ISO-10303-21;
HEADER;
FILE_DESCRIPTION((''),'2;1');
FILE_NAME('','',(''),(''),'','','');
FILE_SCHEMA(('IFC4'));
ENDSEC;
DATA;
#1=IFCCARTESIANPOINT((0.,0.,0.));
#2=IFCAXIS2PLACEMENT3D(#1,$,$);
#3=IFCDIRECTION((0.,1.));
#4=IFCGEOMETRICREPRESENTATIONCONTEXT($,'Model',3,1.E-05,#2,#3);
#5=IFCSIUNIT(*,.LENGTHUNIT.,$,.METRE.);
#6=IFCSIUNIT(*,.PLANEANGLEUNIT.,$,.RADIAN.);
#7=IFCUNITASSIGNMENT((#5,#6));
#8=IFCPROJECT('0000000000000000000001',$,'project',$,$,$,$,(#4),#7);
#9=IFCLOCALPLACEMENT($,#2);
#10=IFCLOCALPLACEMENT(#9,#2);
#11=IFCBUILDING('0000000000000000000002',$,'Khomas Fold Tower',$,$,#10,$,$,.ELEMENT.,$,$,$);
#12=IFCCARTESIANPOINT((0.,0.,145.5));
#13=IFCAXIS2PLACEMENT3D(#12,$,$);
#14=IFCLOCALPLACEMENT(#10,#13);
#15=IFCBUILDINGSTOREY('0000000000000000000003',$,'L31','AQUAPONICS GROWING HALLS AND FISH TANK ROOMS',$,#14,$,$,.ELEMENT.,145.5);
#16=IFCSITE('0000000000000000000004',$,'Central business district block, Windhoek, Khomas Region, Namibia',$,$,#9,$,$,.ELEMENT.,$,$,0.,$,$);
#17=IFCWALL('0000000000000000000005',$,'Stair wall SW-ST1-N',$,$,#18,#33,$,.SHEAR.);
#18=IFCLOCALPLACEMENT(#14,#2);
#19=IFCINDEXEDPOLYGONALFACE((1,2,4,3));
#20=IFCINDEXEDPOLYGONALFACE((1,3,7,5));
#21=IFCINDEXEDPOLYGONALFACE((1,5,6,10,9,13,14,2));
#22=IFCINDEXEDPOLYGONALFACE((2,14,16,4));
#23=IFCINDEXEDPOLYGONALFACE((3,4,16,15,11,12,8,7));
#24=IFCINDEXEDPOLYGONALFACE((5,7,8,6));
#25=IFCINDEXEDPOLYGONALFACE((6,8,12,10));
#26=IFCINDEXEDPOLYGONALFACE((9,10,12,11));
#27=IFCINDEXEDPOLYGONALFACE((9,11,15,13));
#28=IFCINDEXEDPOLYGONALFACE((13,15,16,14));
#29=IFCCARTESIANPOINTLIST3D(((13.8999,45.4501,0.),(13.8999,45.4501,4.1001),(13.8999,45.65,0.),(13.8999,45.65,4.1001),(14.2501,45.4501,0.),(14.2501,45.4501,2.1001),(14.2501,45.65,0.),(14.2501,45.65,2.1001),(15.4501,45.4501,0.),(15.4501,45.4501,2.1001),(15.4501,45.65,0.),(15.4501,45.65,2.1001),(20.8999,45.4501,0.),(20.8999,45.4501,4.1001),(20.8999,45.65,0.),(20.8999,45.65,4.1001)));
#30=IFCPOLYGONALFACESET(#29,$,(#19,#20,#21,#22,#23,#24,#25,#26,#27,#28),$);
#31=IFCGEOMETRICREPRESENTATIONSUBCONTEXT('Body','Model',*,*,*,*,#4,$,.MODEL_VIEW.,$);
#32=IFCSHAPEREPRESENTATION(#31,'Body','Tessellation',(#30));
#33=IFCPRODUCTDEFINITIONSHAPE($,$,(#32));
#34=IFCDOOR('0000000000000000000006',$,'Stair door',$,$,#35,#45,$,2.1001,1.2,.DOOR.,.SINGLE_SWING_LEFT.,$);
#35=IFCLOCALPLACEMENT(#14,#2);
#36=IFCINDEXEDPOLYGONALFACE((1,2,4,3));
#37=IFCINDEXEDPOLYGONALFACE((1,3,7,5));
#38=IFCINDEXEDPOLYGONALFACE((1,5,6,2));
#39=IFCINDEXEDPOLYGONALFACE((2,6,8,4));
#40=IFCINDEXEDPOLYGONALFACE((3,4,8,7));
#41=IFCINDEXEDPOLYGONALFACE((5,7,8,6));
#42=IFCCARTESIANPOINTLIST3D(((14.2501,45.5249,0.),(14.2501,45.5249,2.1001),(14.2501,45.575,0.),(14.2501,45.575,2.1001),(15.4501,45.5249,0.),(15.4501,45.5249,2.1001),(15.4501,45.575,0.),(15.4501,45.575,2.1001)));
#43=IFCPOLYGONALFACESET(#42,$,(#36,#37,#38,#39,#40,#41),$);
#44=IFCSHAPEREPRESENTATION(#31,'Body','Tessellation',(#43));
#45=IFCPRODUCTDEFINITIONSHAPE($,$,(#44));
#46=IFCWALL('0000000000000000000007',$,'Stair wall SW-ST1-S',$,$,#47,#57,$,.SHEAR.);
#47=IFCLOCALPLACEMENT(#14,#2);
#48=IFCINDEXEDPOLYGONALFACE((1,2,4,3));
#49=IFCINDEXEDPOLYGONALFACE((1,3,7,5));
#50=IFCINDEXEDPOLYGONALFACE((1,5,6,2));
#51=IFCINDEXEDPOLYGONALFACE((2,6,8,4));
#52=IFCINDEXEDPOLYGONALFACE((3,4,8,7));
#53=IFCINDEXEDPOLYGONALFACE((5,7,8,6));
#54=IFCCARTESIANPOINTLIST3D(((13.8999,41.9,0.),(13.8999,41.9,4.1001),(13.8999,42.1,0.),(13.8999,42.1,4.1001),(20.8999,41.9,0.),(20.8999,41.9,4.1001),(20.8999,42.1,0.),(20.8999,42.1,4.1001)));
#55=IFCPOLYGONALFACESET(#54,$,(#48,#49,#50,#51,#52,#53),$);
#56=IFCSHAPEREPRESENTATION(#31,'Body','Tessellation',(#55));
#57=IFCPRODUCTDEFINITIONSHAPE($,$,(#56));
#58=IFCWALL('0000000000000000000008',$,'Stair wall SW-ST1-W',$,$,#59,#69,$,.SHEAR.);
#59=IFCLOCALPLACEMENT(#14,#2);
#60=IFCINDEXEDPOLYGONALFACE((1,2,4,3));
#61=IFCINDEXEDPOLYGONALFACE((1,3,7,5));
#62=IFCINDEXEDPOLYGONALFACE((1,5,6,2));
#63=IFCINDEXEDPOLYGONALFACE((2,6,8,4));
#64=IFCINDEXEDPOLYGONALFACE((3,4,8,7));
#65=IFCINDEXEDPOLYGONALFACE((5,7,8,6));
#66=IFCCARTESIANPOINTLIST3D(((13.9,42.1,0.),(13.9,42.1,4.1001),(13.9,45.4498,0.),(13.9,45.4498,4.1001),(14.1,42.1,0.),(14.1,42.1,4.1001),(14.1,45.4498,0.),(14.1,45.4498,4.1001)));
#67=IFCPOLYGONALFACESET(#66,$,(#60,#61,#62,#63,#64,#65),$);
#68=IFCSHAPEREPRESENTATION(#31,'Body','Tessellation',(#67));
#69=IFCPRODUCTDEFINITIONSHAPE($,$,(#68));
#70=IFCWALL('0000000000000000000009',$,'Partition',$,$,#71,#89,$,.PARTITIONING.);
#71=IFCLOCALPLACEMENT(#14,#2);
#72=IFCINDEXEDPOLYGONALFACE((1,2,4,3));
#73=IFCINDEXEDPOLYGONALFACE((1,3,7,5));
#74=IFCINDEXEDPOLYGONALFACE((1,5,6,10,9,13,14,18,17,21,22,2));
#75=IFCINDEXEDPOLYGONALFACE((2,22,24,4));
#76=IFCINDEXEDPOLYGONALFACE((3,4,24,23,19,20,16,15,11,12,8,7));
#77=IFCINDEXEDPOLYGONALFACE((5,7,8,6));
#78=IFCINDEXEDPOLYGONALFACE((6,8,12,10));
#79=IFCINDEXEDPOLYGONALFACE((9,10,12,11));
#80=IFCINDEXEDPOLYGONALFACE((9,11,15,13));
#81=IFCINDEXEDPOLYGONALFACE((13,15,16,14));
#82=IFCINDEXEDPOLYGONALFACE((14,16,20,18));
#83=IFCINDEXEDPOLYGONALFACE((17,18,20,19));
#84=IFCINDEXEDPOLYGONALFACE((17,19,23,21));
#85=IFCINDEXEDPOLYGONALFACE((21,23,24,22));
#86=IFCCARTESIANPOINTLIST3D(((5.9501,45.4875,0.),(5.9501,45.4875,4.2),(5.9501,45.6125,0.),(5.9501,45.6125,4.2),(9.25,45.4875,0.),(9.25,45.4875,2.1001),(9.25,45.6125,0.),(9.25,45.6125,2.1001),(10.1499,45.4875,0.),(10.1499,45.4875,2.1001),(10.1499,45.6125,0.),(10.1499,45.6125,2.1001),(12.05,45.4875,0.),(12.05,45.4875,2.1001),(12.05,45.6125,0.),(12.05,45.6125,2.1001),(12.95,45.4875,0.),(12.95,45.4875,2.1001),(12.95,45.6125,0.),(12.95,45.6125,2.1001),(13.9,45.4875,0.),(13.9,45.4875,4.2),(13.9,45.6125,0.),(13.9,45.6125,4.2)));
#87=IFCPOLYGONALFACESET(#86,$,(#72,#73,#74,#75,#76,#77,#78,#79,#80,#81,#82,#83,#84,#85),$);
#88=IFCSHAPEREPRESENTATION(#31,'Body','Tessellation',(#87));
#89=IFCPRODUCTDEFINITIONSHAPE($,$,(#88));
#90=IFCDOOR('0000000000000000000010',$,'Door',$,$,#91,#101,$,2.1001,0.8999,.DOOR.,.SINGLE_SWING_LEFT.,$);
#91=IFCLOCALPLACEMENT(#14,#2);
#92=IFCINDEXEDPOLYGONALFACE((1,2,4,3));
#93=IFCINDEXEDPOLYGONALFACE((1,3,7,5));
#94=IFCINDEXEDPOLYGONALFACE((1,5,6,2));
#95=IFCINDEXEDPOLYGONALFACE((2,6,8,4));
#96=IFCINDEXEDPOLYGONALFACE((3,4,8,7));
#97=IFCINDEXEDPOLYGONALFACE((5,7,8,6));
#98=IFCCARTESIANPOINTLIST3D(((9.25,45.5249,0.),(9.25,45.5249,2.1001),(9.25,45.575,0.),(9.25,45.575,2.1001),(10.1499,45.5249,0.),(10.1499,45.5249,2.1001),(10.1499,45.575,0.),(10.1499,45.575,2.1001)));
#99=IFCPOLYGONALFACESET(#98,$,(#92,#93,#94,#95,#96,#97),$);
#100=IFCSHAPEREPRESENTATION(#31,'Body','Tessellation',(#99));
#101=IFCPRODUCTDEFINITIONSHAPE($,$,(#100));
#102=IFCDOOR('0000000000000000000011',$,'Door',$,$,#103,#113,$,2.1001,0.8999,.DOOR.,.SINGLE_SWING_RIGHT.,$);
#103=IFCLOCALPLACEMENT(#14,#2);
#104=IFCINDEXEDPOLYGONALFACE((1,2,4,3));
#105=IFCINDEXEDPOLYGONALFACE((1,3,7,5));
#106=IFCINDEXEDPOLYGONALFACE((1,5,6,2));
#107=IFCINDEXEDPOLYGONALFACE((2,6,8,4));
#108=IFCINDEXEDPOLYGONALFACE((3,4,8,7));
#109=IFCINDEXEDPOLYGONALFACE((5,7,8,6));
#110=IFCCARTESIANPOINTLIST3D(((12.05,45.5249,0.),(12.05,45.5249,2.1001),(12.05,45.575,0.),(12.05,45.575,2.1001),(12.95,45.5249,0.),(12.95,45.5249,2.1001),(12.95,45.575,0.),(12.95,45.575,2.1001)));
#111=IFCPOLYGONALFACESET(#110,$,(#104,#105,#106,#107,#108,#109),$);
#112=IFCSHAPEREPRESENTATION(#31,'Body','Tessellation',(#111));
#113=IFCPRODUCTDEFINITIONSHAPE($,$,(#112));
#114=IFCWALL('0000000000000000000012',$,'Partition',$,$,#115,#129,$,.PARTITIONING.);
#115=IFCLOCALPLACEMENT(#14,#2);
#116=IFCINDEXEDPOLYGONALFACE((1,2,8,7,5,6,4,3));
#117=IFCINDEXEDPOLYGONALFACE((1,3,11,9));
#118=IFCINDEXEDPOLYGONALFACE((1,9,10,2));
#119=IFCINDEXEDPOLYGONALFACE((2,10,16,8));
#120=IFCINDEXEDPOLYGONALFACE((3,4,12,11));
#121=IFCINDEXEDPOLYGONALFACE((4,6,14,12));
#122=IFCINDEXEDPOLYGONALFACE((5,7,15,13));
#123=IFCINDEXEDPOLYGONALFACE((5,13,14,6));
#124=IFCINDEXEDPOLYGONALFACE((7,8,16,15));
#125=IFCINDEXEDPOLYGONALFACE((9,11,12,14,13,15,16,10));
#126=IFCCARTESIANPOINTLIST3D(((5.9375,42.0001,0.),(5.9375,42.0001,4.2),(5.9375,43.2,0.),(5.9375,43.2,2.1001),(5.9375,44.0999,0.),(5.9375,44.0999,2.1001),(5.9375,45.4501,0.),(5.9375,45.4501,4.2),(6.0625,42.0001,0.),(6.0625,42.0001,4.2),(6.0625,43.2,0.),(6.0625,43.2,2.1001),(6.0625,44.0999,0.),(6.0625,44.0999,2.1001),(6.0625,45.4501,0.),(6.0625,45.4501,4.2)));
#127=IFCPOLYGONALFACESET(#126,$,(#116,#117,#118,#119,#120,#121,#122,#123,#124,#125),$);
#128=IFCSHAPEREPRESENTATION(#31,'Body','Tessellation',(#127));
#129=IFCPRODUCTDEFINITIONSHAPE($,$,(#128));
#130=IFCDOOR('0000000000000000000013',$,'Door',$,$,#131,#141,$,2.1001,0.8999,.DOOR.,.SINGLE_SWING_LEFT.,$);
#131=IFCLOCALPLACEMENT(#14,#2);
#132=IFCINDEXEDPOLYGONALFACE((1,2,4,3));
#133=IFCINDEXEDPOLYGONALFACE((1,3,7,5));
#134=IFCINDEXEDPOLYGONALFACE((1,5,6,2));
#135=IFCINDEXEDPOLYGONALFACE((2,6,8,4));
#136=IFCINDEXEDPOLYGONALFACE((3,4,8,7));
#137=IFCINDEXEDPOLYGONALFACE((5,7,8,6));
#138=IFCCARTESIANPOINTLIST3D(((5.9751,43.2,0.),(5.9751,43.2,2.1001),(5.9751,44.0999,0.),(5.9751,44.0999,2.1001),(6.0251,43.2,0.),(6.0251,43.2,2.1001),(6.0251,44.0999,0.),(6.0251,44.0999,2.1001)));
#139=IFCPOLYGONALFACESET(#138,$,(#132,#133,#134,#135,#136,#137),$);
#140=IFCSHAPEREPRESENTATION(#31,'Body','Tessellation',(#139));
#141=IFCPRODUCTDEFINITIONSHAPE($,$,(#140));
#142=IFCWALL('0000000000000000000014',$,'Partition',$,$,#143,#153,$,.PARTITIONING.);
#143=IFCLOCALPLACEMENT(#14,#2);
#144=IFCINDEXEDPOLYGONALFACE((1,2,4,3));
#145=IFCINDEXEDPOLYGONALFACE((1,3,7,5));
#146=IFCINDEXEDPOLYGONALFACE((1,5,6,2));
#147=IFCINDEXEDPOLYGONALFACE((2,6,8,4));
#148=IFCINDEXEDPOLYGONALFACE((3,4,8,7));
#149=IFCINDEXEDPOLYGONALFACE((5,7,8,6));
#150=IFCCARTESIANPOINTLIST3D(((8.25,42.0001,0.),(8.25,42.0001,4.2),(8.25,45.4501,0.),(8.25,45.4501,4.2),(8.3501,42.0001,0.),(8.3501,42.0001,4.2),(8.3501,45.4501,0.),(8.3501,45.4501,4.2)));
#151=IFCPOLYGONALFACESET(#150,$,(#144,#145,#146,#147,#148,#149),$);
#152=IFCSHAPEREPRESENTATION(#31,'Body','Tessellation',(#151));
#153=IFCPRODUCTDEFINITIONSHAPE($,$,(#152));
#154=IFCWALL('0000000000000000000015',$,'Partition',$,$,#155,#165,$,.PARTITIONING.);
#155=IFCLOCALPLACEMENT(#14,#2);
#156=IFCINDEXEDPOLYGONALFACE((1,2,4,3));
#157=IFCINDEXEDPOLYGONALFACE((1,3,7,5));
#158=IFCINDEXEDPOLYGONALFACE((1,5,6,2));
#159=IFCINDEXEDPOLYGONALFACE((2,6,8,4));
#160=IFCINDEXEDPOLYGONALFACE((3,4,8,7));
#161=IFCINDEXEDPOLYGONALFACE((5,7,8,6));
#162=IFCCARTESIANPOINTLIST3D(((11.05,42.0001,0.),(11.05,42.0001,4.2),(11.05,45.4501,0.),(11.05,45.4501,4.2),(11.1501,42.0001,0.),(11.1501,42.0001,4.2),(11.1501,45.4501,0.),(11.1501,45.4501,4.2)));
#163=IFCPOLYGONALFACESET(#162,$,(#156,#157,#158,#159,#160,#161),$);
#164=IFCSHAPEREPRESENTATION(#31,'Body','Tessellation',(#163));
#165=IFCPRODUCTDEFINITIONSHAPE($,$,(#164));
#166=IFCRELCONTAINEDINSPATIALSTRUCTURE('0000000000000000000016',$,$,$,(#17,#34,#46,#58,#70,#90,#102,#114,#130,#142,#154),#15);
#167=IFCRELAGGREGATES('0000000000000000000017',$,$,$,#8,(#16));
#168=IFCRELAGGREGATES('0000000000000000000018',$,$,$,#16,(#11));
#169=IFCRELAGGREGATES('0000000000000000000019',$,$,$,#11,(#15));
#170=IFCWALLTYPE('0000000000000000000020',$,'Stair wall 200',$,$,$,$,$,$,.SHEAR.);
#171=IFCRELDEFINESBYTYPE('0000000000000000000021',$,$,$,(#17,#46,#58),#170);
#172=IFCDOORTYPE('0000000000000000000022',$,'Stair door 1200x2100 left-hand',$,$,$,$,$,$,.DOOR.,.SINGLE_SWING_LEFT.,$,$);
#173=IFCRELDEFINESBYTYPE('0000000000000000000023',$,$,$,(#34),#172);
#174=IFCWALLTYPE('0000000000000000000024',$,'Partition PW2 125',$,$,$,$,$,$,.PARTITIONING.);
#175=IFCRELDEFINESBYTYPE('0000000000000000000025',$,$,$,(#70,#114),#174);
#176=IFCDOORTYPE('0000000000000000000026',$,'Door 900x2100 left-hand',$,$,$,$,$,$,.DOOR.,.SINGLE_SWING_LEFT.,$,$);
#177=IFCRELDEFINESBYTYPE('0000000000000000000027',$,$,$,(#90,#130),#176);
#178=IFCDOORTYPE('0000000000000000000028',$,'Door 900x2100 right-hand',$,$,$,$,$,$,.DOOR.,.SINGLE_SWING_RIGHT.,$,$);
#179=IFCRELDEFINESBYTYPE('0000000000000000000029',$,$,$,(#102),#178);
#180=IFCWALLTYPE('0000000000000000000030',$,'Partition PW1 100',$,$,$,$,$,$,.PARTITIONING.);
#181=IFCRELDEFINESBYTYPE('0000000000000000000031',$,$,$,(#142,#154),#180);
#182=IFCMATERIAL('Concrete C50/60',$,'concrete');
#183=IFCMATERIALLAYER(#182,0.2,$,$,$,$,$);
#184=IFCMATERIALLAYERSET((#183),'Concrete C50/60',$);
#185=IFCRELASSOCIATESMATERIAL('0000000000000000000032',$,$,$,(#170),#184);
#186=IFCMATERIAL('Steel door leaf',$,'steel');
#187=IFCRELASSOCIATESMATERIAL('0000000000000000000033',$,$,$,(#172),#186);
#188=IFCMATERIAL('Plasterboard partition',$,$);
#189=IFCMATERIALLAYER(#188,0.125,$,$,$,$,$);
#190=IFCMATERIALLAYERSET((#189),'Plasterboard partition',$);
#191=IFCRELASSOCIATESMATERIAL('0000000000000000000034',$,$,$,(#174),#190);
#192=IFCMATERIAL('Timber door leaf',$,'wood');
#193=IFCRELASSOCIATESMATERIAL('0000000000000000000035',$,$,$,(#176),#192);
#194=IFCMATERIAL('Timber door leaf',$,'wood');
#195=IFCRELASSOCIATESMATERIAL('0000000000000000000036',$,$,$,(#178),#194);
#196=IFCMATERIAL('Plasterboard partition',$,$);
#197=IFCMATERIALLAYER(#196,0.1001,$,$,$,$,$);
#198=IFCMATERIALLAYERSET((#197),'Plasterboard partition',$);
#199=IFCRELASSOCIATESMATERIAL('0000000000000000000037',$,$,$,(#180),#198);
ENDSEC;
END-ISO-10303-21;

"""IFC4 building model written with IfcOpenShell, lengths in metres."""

from ifc_helpers import new_model, si_unit, direction, frame, frame_2d, origin, place, context, subcontext, project, spatial, rectangle, extrude, source, transform, mapped, material, layer, layer_set, type_object, element, fill, save


model = new_model("IFC4")

# Units and contexts
model_context = context("Model", 3, precision=1e-05, world=origin(), true_north=direction((0.0, 1.0)))
body_context = subcontext(model_context, "Body", "Model", "MODEL_VIEW")
ifc_project = project(units=[si_unit("LENGTHUNIT", "METRE"), si_unit("PLANEANGLEUNIT", "RADIAN")], contexts=[model_context])

# Site, building, storey
site_placement = place(None, origin())
site = spatial("IfcSite", under=ifc_project, at=site_placement, Name="Central business district block, Windhoek, Khomas Region, Namibia", CompositionType="ELEMENT", RefElevation=0.0)
building_placement = place(site_placement, origin())
building = spatial("IfcBuilding", under=site, at=building_placement, Name="Khomas Fold Tower", CompositionType="ELEMENT")
storey_placement = place(building_placement, frame((0.0, 0.0, 145.5)))
storey = spatial("IfcBuildingStorey", under=building, at=storey_placement, Name="L31", Description="AQUAPONICS GROWING HALLS AND FISH TANK ROOMS", CompositionType="ELEMENT", Elevation=145.5)

# Wall, opening, door
ifc_material_1 = material(Name="Concrete C50/60", Category="concrete")
ifc_layer_1 = layer(ifc_material_1, 0.2)
ifc_layer_set_1 = layer_set([ifc_layer_1], Name="Concrete C50/60")
wall_type_1 = type_object("IfcWallType", Name="Stair wall 200", PredefinedType="SHEAR", material=ifc_layer_set_1)
shared_shape_1 = source(origin(), body_context, "Body", "SweptSolid", [
    extrude(rectangle(XDim=7.0, YDim=0.2, at=frame_2d((3.5, 0.0))), origin(), (0.0, 0.0, 1.0), 4.1001),
])
wall_1_placement = place(storey_placement, frame((13.8999, 45.55, 0.0), z_axis=(0.0, 0.0, 1.0), x_axis=(1.0, 0.0, 0.0)))
wall_1 = element("IfcWall", 1, at=wall_1_placement, inside=storey, type_object=wall_type_1, Name="Stair wall SW-ST1-N", PredefinedType="SHEAR", context=body_context, shape_type="MappedRepresentation", body=[
    mapped(shared_shape_1, transform((0.0, 0.0, 0.0))),
])
shared_shape_2 = source(origin(), body_context, "Body", "SweptSolid", [
    extrude(rectangle(XDim=1.2, YDim=2.1001, at=frame_2d((0.6001, 1.05))), frame((0.0, 0.1099, 0.0), z_axis=(0.0, -1.0, 0.0), x_axis=(1.0, 0.0, 0.0)), (0.0, 0.0, 1.0), 0.22),
])
opening_1_placement = place(wall_1_placement, frame((0.3501, 0.0, 0.0)))
opening_1 = element("IfcOpeningElement", 2, at=opening_1_placement, cuts=wall_1, PredefinedType="OPENING", context=body_context, shape_type="MappedRepresentation", body=[
    mapped(shared_shape_2, transform((0.0, 0.0, 0.0))),
])
ifc_material_2 = material(Name="Steel door leaf", Category="steel")
door_type_1 = type_object("IfcDoorType", Name="Stair door 1200x2100 left-hand", OperationType="SINGLE_SWING_LEFT", PredefinedType="DOOR", material=ifc_material_2)
shared_shape_3 = source(origin(), body_context, "Body", "SweptSolid", [
    extrude(rectangle(XDim=1.2, YDim=2.1001, at=frame_2d((0.6001, 1.05))), frame((0.0, 0.0249, 0.0), z_axis=(0.0, -1.0, 0.0), x_axis=(1.0, 0.0, 0.0)), (0.0, 0.0, 1.0), 0.05),
])
door_1_placement = place(opening_1_placement, origin())
door_1 = element("IfcDoor", 3, at=door_1_placement, inside=storey, type_object=door_type_1, Name="Stair door", OperationType="SINGLE_SWING_LEFT", OverallHeight=2.1001, OverallWidth=1.2, PredefinedType="DOOR", context=body_context, shape_type="MappedRepresentation", body=[
    mapped(shared_shape_3, transform((0.0, 0.0, 0.0))),
])
fill(opening_1, door_1)

# Walls
wall_2_placement = place(storey_placement, frame((13.8999, 42.0, 0.0), z_axis=(0.0, 0.0, 1.0), x_axis=(1.0, 0.0, 0.0)))
element("IfcWall", 4, at=wall_2_placement, inside=storey, type_object=wall_type_1, Name="Stair wall SW-ST1-S", PredefinedType="SHEAR", context=body_context, shape_type="MappedRepresentation", body=[
    mapped(shared_shape_1, transform((0.0, 0.0, 0.0))),
])
shared_shape_4 = source(origin(), body_context, "Body", "SweptSolid", [
    extrude(rectangle(XDim=3.3499, YDim=0.2, at=frame_2d((1.6748, 0.0))), origin(), (0.0, 0.0, 1.0), 4.1001),
])
wall_3_placement = place(storey_placement, frame((14.0, 42.1001, 0.0), z_axis=(0.0, 0.0, 1.0), x_axis=(0.0, 1.0, 0.0)))
element("IfcWall", 5, at=wall_3_placement, inside=storey, type_object=wall_type_1, Name="Stair wall SW-ST1-W", PredefinedType="SHEAR", context=body_context, shape_type="MappedRepresentation", body=[
    mapped(shared_shape_4, transform((0.0, 0.0, 0.0))),
])

# Wall, openings, doors
ifc_material_3 = material(Name="Plasterboard partition")
ifc_layer_2 = layer(ifc_material_3, 0.125)
ifc_layer_set_2 = layer_set([ifc_layer_2], Name="Plasterboard partition")
wall_type_2 = type_object("IfcWallType", Name="Partition PW2 125", PredefinedType="PARTITIONING", material=ifc_layer_set_2)
shared_shape_5 = source(origin(), body_context, "Body", "SweptSolid", [
    extrude(rectangle(XDim=7.95, YDim=0.125, at=frame_2d((3.9751, 0.0))), origin(), (0.0, 0.0, 1.0), 4.2),
])
wall_4_placement = place(storey_placement, frame((5.95, 45.55, 0.0), z_axis=(0.0, 0.0, 1.0), x_axis=(1.0, 0.0, 0.0)))
wall_4 = element("IfcWall", 6, at=wall_4_placement, inside=storey, type_object=wall_type_2, Name="Partition", PredefinedType="PARTITIONING", context=body_context, shape_type="MappedRepresentation", body=[
    mapped(shared_shape_5, transform((0.0, 0.0, 0.0))),
])
shared_shape_6 = source(origin(), body_context, "Body", "SweptSolid", [
    extrude(rectangle(XDim=0.8999, YDim=2.1001, at=frame_2d((0.45, 1.05))), frame((0.0, 0.0725, 0.0), z_axis=(0.0, -1.0, 0.0), x_axis=(1.0, 0.0, 0.0)), (0.0, 0.0, 1.0), 0.145),
])
opening_2_placement = place(wall_4_placement, frame((3.3, 0.0, 0.0)))
opening_2 = element("IfcOpeningElement", 7, at=opening_2_placement, cuts=wall_4, PredefinedType="OPENING", context=body_context, shape_type="MappedRepresentation", body=[
    mapped(shared_shape_6, transform((0.0, 0.0, 0.0))),
])
opening_3_placement = place(wall_4_placement, frame((6.1001, 0.0, 0.0)))
opening_3 = element("IfcOpeningElement", 8, at=opening_3_placement, cuts=wall_4, PredefinedType="OPENING", context=body_context, shape_type="MappedRepresentation", body=[
    mapped(shared_shape_6, transform((0.0, 0.0, 0.0))),
])
ifc_material_4 = material(Name="Timber door leaf", Category="wood")
door_type_2 = type_object("IfcDoorType", Name="Door 900x2100 left-hand", OperationType="SINGLE_SWING_LEFT", PredefinedType="DOOR", material=ifc_material_4)
shared_shape_7 = source(origin(), body_context, "Body", "SweptSolid", [
    extrude(rectangle(XDim=0.8999, YDim=2.1001, at=frame_2d((0.45, 1.05))), frame((0.0, 0.0249, 0.0), z_axis=(0.0, -1.0, 0.0), x_axis=(1.0, 0.0, 0.0)), (0.0, 0.0, 1.0), 0.05),
])
door_2_placement = place(opening_2_placement, origin())
door_2 = element("IfcDoor", 9, at=door_2_placement, inside=storey, type_object=door_type_2, Name="Door", OperationType="SINGLE_SWING_LEFT", OverallHeight=2.1001, OverallWidth=0.8999, PredefinedType="DOOR", context=body_context, shape_type="MappedRepresentation", body=[
    mapped(shared_shape_7, transform((0.0, 0.0, 0.0))),
])
fill(opening_2, door_2)
ifc_material_5 = material(Name="Timber door leaf", Category="wood")
door_type_3 = type_object("IfcDoorType", Name="Door 900x2100 right-hand", OperationType="SINGLE_SWING_RIGHT", PredefinedType="DOOR", material=ifc_material_5)
door_3_placement = place(opening_3_placement, origin())
door_3 = element("IfcDoor", 10, at=door_3_placement, inside=storey, type_object=door_type_3, Name="Door", OperationType="SINGLE_SWING_RIGHT", OverallHeight=2.1001, OverallWidth=0.8999, PredefinedType="DOOR", context=body_context, shape_type="MappedRepresentation", body=[
    mapped(shared_shape_7, transform((0.0, 0.0, 0.0))),
])
fill(opening_3, door_3)

# Wall, opening, door
shared_shape_8 = source(origin(), body_context, "Body", "SweptSolid", [
    extrude(rectangle(XDim=3.45, YDim=0.125, at=frame_2d((1.7251, 0.0))), origin(), (0.0, 0.0, 1.0), 4.2),
])
wall_5_placement = place(storey_placement, frame((6.0, 42.0, 0.0), z_axis=(0.0, 0.0, 1.0), x_axis=(0.0, 1.0, 0.0)))
wall_5 = element("IfcWall", 11, at=wall_5_placement, inside=storey, type_object=wall_type_2, Name="Partition", PredefinedType="PARTITIONING", context=body_context, shape_type="MappedRepresentation", body=[
    mapped(shared_shape_8, transform((0.0, 0.0, 0.0))),
])
opening_4_placement = place(wall_5_placement, frame((1.2, 0.0, 0.0)))
opening_4 = element("IfcOpeningElement", 12, at=opening_4_placement, cuts=wall_5, PredefinedType="OPENING", context=body_context, shape_type="MappedRepresentation", body=[
    mapped(shared_shape_6, transform((0.0, 0.0, 0.0))),
])
door_4_placement = place(opening_4_placement, origin())
door_4 = element("IfcDoor", 13, at=door_4_placement, inside=storey, type_object=door_type_2, Name="Door", OperationType="SINGLE_SWING_LEFT", OverallHeight=2.1001, OverallWidth=0.8999, PredefinedType="DOOR", context=body_context, shape_type="MappedRepresentation", body=[
    mapped(shared_shape_7, transform((0.0, 0.0, 0.0))),
])
fill(opening_4, door_4)

# Walls
ifc_material_6 = material(Name="Plasterboard partition")
ifc_layer_3 = layer(ifc_material_6, 0.1001)
ifc_layer_set_3 = layer_set([ifc_layer_3], Name="Plasterboard partition")
wall_type_3 = type_object("IfcWallType", Name="Partition PW1 100", PredefinedType="PARTITIONING", material=ifc_layer_set_3)
shared_shape_9 = source(origin(), body_context, "Body", "SweptSolid", [
    extrude(rectangle(XDim=3.45, YDim=0.1001, at=frame_2d((1.7251, 0.0))), origin(), (0.0, 0.0, 1.0), 4.2),
])
for number, where, z_axis, x_axis, name in (
    (14, (8.3, 42.0, 0.0), (0.0, 0.0, 1.0), (0.0, 1.0, 0.0), "Partition"),
    (15, (11.1001, 42.0, 0.0), (0.0, 0.0, 1.0), (0.0, 1.0, 0.0), "Partition"),
):
    element("IfcWall", number, at=place(storey_placement, frame(where, z_axis=z_axis, x_axis=x_axis)), inside=storey, type_object=wall_type_3, Name=name, PredefinedType="PARTITIONING", context=body_context, shape_type="MappedRepresentation", body=[
        mapped(shared_shape_9, transform((0.0, 0.0, 0.0))),
    ])

save(model, "model.ifc")
